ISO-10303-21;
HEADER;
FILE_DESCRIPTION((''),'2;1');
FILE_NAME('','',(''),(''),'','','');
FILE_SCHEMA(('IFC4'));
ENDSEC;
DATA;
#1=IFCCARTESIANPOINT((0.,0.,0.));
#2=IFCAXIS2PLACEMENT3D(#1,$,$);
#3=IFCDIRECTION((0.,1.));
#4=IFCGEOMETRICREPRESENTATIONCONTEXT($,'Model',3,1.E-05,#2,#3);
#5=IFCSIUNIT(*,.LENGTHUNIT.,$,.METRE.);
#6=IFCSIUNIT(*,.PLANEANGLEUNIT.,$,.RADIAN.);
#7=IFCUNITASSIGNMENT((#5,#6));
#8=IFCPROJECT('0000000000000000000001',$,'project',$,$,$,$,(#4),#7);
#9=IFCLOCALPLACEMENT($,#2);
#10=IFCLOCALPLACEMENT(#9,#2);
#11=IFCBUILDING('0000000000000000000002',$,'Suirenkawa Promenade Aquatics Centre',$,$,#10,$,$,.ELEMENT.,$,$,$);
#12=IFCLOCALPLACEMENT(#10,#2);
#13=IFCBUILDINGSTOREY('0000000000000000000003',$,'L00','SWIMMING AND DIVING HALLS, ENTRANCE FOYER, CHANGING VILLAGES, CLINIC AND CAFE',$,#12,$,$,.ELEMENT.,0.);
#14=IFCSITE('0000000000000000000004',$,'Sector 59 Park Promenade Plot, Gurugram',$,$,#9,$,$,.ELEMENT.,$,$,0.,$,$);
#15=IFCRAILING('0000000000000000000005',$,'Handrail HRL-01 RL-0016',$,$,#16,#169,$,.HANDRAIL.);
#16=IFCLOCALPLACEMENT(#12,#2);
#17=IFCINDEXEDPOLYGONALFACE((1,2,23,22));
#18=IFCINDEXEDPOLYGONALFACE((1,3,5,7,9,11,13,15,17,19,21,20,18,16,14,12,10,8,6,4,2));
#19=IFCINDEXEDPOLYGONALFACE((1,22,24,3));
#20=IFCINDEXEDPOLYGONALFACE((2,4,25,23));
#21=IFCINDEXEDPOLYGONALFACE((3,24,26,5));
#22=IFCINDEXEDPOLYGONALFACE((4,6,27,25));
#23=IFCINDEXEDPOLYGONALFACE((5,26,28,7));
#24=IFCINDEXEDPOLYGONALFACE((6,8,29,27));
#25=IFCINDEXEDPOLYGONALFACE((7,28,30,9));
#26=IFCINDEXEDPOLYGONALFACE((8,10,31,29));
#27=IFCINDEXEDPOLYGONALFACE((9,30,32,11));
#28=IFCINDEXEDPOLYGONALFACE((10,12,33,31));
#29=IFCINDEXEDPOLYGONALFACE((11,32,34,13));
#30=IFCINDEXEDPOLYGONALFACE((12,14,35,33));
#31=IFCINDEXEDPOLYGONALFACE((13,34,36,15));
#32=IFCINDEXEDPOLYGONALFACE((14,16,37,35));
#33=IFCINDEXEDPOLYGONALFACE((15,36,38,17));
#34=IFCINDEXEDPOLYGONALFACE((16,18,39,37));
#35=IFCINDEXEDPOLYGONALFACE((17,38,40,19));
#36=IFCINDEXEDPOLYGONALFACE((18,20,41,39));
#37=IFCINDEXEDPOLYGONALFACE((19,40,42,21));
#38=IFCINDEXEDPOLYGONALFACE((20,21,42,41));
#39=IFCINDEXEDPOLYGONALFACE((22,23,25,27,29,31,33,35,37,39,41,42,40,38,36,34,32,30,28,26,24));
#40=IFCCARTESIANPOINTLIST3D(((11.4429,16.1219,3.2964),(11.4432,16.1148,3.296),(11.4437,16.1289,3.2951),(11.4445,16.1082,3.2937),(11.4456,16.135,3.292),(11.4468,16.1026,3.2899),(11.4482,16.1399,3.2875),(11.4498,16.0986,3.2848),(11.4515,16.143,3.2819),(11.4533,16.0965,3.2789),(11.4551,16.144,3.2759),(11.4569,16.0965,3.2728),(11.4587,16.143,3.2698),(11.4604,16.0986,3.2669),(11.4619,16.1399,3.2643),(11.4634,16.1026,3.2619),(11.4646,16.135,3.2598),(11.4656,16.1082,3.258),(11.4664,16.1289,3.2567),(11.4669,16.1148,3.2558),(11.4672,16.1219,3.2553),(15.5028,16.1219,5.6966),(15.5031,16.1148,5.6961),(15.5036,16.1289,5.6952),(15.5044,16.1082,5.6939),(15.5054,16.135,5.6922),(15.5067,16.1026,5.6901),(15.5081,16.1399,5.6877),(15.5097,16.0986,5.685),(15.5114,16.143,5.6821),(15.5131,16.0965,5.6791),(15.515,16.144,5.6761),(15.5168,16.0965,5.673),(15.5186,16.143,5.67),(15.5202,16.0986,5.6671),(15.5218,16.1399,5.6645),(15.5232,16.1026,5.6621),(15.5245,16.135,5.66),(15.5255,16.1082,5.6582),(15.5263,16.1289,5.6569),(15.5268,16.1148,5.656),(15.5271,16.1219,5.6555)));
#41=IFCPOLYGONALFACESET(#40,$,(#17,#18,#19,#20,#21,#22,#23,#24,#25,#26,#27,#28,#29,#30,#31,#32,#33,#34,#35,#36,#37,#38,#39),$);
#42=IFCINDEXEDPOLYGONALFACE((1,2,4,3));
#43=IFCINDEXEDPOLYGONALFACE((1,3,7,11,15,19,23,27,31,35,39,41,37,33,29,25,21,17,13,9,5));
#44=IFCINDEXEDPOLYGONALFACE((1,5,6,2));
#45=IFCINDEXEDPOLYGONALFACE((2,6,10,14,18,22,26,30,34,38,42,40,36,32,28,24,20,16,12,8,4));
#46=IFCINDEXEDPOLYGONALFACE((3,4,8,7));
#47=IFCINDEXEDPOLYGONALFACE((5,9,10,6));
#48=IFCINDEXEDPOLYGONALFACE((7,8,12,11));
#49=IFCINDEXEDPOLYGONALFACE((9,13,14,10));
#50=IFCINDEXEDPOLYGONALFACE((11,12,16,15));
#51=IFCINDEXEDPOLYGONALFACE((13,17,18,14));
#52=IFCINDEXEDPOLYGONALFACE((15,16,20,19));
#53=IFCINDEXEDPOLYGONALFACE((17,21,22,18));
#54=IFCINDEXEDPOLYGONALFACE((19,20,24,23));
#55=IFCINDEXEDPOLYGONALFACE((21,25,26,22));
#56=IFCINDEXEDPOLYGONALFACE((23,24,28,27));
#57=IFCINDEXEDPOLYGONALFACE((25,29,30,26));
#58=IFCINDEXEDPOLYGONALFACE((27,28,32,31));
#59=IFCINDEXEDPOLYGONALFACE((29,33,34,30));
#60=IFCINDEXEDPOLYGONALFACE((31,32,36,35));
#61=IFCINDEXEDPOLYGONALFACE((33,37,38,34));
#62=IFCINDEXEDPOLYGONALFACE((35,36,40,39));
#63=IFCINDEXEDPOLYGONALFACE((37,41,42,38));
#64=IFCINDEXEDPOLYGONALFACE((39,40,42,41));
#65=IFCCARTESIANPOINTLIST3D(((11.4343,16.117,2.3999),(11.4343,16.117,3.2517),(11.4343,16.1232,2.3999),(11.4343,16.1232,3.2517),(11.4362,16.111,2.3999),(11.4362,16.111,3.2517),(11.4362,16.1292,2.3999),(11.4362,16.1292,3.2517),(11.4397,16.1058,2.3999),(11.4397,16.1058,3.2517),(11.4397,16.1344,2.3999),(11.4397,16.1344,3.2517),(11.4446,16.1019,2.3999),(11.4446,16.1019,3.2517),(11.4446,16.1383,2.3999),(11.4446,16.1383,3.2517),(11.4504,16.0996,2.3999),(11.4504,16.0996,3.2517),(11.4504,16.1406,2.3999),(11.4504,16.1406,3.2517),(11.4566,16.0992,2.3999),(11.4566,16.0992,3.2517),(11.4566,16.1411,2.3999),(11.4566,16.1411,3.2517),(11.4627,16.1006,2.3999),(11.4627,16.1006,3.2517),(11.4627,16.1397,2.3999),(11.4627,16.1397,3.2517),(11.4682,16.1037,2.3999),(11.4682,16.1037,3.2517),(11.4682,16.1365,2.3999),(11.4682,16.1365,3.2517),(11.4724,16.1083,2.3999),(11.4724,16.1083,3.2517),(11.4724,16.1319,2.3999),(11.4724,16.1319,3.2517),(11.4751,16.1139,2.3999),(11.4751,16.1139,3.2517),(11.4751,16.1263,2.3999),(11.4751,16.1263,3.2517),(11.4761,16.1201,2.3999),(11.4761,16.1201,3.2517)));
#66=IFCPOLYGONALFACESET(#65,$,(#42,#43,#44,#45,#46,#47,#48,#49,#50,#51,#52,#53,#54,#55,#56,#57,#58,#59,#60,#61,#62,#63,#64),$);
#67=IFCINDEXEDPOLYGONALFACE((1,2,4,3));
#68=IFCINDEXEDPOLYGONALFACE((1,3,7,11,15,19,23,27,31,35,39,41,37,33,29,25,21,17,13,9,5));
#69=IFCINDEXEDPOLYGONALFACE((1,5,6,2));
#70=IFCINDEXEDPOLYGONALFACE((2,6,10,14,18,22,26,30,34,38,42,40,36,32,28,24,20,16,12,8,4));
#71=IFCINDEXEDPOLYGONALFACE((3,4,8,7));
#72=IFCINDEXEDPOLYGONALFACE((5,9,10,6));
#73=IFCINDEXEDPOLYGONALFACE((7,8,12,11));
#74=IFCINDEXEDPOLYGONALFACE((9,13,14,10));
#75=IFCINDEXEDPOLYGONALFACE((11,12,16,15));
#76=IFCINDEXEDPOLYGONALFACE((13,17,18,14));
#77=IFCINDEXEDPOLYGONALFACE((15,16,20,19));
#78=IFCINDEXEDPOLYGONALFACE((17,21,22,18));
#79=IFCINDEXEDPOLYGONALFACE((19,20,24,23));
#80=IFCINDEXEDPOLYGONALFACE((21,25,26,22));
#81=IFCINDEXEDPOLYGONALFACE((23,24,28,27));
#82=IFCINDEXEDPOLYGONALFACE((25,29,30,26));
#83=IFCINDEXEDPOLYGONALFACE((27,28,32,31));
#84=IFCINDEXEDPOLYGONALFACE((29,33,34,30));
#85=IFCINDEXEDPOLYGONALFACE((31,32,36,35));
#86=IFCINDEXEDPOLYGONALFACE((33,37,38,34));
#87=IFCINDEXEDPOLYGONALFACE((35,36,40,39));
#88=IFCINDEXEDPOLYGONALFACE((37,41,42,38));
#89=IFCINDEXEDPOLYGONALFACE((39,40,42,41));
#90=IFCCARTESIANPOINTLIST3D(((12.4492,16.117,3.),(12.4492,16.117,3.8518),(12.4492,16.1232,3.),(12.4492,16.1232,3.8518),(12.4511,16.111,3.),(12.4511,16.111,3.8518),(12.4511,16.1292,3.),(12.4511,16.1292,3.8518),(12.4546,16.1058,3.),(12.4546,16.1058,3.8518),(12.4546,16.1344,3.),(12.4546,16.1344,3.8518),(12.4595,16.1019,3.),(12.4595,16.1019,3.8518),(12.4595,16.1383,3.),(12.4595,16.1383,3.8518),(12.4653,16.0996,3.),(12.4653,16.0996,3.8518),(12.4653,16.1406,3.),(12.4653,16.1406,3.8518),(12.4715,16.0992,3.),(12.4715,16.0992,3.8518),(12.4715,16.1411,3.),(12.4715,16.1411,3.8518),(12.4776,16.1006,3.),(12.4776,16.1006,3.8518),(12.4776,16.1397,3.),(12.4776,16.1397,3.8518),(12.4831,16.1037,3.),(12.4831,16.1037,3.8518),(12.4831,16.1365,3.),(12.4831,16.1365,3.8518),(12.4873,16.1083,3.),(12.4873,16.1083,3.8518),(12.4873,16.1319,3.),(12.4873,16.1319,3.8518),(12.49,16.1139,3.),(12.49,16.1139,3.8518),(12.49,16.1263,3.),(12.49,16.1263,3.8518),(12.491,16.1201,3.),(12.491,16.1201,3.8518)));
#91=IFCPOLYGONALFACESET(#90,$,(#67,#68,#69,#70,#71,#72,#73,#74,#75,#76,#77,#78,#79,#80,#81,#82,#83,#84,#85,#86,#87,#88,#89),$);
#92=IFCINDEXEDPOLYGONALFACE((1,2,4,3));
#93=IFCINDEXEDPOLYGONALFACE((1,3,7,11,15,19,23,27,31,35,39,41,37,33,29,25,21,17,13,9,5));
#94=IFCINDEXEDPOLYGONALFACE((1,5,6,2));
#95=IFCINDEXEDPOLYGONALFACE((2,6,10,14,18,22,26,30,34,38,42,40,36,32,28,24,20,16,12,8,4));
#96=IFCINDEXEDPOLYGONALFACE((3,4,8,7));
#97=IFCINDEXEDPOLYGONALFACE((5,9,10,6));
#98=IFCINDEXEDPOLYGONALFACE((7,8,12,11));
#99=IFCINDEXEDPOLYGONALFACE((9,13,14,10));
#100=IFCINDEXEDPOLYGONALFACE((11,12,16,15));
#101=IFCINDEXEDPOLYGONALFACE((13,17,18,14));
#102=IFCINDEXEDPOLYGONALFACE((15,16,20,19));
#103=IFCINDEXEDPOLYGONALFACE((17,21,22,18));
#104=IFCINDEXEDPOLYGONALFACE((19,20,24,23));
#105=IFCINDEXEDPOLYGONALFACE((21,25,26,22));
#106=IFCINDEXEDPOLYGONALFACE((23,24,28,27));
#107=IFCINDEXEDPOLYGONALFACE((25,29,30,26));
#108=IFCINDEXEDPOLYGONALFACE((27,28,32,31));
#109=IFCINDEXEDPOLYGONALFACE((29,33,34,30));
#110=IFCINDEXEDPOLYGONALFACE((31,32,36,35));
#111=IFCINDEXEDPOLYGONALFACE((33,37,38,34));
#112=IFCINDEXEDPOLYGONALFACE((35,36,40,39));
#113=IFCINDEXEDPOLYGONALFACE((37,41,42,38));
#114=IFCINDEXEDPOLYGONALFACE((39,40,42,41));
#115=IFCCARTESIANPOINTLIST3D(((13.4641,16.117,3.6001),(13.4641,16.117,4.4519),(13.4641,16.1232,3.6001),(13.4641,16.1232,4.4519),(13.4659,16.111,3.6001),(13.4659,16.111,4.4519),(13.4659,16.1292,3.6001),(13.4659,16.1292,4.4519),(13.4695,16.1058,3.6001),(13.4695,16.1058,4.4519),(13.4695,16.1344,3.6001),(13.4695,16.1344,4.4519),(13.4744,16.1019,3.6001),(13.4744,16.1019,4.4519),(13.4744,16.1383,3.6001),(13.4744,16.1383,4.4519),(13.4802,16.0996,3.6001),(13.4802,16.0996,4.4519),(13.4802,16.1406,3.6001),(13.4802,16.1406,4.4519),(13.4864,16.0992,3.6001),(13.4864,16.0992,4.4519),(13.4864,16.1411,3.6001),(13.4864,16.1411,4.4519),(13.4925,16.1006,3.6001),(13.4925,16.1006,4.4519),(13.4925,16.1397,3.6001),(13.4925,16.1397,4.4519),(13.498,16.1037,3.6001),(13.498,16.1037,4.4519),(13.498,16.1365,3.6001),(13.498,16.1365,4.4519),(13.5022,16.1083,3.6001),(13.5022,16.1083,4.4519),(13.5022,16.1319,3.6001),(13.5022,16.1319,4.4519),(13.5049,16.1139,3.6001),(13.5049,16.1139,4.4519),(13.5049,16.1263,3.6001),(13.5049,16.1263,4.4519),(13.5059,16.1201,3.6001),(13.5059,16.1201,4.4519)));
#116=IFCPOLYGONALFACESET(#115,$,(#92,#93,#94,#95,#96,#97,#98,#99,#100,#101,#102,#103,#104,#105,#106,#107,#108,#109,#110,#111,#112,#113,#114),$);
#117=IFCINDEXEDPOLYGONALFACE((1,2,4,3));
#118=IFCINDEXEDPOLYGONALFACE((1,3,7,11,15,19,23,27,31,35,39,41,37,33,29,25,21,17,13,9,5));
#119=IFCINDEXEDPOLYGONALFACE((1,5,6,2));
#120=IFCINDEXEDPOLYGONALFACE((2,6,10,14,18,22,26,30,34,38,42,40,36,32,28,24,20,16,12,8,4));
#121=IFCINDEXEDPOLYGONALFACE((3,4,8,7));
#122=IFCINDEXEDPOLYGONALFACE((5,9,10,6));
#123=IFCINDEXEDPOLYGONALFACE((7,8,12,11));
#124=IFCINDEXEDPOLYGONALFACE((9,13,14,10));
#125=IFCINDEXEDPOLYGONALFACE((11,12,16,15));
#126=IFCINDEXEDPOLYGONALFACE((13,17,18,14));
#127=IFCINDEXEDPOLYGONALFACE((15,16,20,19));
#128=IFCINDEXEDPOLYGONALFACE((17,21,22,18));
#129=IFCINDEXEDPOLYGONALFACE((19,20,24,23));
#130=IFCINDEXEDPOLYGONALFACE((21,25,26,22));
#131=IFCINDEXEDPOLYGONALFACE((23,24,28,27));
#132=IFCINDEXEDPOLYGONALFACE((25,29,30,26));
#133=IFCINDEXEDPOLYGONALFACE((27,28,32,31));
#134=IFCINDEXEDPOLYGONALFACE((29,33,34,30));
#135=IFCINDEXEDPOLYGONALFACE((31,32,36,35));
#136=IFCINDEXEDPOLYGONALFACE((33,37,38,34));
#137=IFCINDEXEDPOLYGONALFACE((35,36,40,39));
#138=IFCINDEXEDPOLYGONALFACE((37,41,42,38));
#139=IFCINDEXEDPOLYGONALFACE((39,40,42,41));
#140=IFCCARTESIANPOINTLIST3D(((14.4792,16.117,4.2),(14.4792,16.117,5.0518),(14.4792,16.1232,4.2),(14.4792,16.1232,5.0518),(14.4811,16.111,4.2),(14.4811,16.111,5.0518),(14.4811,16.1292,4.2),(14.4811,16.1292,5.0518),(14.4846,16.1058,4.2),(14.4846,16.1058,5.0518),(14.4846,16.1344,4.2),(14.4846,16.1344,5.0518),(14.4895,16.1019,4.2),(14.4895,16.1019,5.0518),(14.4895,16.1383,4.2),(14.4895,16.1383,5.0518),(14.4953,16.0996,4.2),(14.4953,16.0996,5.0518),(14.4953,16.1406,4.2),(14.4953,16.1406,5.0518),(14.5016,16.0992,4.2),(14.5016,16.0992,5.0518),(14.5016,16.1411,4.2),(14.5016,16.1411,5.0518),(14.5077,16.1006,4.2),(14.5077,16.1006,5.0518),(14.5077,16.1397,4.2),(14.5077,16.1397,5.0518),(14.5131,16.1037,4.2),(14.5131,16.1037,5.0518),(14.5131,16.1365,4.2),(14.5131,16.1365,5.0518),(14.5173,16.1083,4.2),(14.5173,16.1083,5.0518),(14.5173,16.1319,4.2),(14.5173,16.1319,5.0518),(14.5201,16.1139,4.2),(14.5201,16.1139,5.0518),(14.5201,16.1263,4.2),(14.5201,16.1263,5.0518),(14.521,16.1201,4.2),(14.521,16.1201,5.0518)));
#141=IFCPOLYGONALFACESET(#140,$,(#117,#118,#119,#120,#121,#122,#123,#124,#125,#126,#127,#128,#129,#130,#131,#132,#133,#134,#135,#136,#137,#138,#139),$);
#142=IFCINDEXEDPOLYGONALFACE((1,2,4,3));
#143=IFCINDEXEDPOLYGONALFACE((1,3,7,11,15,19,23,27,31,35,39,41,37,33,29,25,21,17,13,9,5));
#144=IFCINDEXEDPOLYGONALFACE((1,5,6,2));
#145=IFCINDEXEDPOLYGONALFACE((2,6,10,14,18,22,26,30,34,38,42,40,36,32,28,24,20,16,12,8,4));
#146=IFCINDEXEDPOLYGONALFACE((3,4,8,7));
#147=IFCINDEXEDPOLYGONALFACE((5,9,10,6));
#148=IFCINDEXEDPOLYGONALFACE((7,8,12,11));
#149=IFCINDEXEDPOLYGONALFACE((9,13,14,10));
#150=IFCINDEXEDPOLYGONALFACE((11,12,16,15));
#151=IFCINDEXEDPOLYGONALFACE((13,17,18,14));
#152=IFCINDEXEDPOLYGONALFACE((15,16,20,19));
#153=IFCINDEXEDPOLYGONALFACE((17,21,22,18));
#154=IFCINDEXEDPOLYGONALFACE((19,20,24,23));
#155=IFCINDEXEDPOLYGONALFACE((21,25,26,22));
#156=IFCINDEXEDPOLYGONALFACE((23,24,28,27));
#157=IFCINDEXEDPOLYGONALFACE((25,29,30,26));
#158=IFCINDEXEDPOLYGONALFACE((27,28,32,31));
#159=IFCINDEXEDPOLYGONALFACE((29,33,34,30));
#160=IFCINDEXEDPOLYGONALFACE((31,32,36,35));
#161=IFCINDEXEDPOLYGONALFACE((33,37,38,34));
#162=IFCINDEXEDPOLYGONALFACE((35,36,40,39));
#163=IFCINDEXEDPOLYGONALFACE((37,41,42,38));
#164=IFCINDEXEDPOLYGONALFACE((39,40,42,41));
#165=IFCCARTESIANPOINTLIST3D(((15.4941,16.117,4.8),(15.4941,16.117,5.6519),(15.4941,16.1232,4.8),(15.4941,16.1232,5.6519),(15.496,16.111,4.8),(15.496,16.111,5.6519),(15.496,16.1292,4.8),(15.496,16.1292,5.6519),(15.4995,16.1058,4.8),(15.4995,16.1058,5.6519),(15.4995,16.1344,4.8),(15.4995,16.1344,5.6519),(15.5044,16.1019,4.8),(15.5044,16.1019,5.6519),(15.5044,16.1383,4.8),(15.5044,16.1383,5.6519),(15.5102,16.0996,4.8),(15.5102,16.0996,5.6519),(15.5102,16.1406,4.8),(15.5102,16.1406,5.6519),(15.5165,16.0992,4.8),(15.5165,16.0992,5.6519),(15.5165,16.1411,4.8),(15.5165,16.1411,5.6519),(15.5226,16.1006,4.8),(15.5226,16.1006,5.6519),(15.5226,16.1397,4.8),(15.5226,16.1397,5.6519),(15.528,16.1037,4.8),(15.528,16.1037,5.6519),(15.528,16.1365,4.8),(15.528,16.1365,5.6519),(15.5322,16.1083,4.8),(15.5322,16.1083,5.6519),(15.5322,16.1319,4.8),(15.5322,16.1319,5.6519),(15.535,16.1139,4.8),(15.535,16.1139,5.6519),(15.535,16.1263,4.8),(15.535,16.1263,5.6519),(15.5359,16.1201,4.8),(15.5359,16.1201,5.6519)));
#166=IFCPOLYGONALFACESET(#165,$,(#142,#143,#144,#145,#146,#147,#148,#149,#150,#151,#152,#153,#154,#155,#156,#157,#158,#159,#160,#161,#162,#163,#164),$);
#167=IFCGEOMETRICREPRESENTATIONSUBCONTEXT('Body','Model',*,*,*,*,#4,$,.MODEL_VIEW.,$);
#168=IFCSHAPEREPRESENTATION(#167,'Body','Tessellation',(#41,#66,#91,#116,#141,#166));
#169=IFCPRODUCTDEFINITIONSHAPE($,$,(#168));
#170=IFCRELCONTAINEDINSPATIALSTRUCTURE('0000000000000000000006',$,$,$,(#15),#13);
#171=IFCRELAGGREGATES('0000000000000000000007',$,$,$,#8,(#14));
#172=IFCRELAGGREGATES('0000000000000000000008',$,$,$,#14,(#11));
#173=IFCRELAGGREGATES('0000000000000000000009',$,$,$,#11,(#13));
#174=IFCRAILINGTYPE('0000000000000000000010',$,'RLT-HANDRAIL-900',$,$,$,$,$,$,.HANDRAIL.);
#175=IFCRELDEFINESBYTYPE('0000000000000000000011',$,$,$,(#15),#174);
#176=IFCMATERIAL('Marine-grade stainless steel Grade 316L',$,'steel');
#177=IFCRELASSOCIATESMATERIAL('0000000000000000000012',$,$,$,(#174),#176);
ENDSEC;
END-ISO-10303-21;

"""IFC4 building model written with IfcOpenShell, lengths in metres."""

from ifc_helpers import new_model, si_unit, direction, frame, origin, origin_2d, place, context, subcontext, project, spatial, circle, extrude, material, type_object, element, save


model = new_model("IFC4")

# Units and contexts
model_context = context("Model", 3, precision=1e-05, world=origin(), true_north=direction((0.0, 1.0)))
body_context = subcontext(model_context, "Body", "Model", "MODEL_VIEW")
ifc_project = project(units=[si_unit("LENGTHUNIT", "METRE"), si_unit("PLANEANGLEUNIT", "RADIAN")], contexts=[model_context])

# Site, building, storey
site_placement = place(None, origin())
site = spatial("IfcSite", under=ifc_project, at=site_placement, Name="Sector 59 Park Promenade Plot, Gurugram", CompositionType="ELEMENT", RefElevation=0.0)
building_placement = place(site_placement, origin())
building = spatial("IfcBuilding", under=site, at=building_placement, Name="Suirenkawa Promenade Aquatics Centre", CompositionType="ELEMENT")
storey_placement = place(building_placement, origin())
storey = spatial("IfcBuildingStorey", under=building, at=storey_placement, Name="L00", Description="SWIMMING AND DIVING HALLS, ENTRANCE FOYER, CHANGING VILLAGES, CLINIC AND CAFE", CompositionType="ELEMENT", Elevation=0.0)

# Railing
ifc_material_1 = material(Name="Marine-grade stainless steel Grade 316L", Category="steel")
railing_type_1 = type_object("IfcRailingType", Name="RLT-HANDRAIL-900", PredefinedType="HANDRAIL", material=ifc_material_1)
for number, where, name in (
    (1, (11.4551, 16.1201, 2.3999), "Handrail HRL-01 RL-0016"),
):
    element("IfcRailing", number, at=place(storey_placement, frame(where)), inside=storey, type_object=railing_type_1, Name=name, PredefinedType="HANDRAIL", context=body_context, shape_type="SweptSolid", body=[
        extrude(circle(Radius=0.0239, at=origin_2d()), frame((0.0, 0.0, 0.876), z_axis=(0.860818, 0.0, 0.508912), x_axis=(0.0, 1.0, 0.0)), (0.0, 0.0, 1.0), 4.7163),
        extrude(circle(Radius=0.021, at=origin_2d()), origin(), (0.0, 0.0, 1.0), 0.8518),
        extrude(circle(Radius=0.021, at=origin_2d()), frame((1.0149, 0.0, 0.6001)), (0.0, 0.0, 1.0), 0.8518),
        extrude(circle(Radius=0.021, at=origin_2d()), frame((2.0298, 0.0, 1.2002)), (0.0, 0.0, 1.0), 0.8518),
        extrude(circle(Radius=0.021, at=origin_2d()), frame((3.0449, 0.0, 1.8)), (0.0, 0.0, 1.0), 0.8518),
        extrude(circle(Radius=0.021, at=origin_2d()), frame((4.0598, 0.0, 2.4001)), (0.0, 0.0, 1.0), 0.8518),
    ])

save(model, "model.ifc")
